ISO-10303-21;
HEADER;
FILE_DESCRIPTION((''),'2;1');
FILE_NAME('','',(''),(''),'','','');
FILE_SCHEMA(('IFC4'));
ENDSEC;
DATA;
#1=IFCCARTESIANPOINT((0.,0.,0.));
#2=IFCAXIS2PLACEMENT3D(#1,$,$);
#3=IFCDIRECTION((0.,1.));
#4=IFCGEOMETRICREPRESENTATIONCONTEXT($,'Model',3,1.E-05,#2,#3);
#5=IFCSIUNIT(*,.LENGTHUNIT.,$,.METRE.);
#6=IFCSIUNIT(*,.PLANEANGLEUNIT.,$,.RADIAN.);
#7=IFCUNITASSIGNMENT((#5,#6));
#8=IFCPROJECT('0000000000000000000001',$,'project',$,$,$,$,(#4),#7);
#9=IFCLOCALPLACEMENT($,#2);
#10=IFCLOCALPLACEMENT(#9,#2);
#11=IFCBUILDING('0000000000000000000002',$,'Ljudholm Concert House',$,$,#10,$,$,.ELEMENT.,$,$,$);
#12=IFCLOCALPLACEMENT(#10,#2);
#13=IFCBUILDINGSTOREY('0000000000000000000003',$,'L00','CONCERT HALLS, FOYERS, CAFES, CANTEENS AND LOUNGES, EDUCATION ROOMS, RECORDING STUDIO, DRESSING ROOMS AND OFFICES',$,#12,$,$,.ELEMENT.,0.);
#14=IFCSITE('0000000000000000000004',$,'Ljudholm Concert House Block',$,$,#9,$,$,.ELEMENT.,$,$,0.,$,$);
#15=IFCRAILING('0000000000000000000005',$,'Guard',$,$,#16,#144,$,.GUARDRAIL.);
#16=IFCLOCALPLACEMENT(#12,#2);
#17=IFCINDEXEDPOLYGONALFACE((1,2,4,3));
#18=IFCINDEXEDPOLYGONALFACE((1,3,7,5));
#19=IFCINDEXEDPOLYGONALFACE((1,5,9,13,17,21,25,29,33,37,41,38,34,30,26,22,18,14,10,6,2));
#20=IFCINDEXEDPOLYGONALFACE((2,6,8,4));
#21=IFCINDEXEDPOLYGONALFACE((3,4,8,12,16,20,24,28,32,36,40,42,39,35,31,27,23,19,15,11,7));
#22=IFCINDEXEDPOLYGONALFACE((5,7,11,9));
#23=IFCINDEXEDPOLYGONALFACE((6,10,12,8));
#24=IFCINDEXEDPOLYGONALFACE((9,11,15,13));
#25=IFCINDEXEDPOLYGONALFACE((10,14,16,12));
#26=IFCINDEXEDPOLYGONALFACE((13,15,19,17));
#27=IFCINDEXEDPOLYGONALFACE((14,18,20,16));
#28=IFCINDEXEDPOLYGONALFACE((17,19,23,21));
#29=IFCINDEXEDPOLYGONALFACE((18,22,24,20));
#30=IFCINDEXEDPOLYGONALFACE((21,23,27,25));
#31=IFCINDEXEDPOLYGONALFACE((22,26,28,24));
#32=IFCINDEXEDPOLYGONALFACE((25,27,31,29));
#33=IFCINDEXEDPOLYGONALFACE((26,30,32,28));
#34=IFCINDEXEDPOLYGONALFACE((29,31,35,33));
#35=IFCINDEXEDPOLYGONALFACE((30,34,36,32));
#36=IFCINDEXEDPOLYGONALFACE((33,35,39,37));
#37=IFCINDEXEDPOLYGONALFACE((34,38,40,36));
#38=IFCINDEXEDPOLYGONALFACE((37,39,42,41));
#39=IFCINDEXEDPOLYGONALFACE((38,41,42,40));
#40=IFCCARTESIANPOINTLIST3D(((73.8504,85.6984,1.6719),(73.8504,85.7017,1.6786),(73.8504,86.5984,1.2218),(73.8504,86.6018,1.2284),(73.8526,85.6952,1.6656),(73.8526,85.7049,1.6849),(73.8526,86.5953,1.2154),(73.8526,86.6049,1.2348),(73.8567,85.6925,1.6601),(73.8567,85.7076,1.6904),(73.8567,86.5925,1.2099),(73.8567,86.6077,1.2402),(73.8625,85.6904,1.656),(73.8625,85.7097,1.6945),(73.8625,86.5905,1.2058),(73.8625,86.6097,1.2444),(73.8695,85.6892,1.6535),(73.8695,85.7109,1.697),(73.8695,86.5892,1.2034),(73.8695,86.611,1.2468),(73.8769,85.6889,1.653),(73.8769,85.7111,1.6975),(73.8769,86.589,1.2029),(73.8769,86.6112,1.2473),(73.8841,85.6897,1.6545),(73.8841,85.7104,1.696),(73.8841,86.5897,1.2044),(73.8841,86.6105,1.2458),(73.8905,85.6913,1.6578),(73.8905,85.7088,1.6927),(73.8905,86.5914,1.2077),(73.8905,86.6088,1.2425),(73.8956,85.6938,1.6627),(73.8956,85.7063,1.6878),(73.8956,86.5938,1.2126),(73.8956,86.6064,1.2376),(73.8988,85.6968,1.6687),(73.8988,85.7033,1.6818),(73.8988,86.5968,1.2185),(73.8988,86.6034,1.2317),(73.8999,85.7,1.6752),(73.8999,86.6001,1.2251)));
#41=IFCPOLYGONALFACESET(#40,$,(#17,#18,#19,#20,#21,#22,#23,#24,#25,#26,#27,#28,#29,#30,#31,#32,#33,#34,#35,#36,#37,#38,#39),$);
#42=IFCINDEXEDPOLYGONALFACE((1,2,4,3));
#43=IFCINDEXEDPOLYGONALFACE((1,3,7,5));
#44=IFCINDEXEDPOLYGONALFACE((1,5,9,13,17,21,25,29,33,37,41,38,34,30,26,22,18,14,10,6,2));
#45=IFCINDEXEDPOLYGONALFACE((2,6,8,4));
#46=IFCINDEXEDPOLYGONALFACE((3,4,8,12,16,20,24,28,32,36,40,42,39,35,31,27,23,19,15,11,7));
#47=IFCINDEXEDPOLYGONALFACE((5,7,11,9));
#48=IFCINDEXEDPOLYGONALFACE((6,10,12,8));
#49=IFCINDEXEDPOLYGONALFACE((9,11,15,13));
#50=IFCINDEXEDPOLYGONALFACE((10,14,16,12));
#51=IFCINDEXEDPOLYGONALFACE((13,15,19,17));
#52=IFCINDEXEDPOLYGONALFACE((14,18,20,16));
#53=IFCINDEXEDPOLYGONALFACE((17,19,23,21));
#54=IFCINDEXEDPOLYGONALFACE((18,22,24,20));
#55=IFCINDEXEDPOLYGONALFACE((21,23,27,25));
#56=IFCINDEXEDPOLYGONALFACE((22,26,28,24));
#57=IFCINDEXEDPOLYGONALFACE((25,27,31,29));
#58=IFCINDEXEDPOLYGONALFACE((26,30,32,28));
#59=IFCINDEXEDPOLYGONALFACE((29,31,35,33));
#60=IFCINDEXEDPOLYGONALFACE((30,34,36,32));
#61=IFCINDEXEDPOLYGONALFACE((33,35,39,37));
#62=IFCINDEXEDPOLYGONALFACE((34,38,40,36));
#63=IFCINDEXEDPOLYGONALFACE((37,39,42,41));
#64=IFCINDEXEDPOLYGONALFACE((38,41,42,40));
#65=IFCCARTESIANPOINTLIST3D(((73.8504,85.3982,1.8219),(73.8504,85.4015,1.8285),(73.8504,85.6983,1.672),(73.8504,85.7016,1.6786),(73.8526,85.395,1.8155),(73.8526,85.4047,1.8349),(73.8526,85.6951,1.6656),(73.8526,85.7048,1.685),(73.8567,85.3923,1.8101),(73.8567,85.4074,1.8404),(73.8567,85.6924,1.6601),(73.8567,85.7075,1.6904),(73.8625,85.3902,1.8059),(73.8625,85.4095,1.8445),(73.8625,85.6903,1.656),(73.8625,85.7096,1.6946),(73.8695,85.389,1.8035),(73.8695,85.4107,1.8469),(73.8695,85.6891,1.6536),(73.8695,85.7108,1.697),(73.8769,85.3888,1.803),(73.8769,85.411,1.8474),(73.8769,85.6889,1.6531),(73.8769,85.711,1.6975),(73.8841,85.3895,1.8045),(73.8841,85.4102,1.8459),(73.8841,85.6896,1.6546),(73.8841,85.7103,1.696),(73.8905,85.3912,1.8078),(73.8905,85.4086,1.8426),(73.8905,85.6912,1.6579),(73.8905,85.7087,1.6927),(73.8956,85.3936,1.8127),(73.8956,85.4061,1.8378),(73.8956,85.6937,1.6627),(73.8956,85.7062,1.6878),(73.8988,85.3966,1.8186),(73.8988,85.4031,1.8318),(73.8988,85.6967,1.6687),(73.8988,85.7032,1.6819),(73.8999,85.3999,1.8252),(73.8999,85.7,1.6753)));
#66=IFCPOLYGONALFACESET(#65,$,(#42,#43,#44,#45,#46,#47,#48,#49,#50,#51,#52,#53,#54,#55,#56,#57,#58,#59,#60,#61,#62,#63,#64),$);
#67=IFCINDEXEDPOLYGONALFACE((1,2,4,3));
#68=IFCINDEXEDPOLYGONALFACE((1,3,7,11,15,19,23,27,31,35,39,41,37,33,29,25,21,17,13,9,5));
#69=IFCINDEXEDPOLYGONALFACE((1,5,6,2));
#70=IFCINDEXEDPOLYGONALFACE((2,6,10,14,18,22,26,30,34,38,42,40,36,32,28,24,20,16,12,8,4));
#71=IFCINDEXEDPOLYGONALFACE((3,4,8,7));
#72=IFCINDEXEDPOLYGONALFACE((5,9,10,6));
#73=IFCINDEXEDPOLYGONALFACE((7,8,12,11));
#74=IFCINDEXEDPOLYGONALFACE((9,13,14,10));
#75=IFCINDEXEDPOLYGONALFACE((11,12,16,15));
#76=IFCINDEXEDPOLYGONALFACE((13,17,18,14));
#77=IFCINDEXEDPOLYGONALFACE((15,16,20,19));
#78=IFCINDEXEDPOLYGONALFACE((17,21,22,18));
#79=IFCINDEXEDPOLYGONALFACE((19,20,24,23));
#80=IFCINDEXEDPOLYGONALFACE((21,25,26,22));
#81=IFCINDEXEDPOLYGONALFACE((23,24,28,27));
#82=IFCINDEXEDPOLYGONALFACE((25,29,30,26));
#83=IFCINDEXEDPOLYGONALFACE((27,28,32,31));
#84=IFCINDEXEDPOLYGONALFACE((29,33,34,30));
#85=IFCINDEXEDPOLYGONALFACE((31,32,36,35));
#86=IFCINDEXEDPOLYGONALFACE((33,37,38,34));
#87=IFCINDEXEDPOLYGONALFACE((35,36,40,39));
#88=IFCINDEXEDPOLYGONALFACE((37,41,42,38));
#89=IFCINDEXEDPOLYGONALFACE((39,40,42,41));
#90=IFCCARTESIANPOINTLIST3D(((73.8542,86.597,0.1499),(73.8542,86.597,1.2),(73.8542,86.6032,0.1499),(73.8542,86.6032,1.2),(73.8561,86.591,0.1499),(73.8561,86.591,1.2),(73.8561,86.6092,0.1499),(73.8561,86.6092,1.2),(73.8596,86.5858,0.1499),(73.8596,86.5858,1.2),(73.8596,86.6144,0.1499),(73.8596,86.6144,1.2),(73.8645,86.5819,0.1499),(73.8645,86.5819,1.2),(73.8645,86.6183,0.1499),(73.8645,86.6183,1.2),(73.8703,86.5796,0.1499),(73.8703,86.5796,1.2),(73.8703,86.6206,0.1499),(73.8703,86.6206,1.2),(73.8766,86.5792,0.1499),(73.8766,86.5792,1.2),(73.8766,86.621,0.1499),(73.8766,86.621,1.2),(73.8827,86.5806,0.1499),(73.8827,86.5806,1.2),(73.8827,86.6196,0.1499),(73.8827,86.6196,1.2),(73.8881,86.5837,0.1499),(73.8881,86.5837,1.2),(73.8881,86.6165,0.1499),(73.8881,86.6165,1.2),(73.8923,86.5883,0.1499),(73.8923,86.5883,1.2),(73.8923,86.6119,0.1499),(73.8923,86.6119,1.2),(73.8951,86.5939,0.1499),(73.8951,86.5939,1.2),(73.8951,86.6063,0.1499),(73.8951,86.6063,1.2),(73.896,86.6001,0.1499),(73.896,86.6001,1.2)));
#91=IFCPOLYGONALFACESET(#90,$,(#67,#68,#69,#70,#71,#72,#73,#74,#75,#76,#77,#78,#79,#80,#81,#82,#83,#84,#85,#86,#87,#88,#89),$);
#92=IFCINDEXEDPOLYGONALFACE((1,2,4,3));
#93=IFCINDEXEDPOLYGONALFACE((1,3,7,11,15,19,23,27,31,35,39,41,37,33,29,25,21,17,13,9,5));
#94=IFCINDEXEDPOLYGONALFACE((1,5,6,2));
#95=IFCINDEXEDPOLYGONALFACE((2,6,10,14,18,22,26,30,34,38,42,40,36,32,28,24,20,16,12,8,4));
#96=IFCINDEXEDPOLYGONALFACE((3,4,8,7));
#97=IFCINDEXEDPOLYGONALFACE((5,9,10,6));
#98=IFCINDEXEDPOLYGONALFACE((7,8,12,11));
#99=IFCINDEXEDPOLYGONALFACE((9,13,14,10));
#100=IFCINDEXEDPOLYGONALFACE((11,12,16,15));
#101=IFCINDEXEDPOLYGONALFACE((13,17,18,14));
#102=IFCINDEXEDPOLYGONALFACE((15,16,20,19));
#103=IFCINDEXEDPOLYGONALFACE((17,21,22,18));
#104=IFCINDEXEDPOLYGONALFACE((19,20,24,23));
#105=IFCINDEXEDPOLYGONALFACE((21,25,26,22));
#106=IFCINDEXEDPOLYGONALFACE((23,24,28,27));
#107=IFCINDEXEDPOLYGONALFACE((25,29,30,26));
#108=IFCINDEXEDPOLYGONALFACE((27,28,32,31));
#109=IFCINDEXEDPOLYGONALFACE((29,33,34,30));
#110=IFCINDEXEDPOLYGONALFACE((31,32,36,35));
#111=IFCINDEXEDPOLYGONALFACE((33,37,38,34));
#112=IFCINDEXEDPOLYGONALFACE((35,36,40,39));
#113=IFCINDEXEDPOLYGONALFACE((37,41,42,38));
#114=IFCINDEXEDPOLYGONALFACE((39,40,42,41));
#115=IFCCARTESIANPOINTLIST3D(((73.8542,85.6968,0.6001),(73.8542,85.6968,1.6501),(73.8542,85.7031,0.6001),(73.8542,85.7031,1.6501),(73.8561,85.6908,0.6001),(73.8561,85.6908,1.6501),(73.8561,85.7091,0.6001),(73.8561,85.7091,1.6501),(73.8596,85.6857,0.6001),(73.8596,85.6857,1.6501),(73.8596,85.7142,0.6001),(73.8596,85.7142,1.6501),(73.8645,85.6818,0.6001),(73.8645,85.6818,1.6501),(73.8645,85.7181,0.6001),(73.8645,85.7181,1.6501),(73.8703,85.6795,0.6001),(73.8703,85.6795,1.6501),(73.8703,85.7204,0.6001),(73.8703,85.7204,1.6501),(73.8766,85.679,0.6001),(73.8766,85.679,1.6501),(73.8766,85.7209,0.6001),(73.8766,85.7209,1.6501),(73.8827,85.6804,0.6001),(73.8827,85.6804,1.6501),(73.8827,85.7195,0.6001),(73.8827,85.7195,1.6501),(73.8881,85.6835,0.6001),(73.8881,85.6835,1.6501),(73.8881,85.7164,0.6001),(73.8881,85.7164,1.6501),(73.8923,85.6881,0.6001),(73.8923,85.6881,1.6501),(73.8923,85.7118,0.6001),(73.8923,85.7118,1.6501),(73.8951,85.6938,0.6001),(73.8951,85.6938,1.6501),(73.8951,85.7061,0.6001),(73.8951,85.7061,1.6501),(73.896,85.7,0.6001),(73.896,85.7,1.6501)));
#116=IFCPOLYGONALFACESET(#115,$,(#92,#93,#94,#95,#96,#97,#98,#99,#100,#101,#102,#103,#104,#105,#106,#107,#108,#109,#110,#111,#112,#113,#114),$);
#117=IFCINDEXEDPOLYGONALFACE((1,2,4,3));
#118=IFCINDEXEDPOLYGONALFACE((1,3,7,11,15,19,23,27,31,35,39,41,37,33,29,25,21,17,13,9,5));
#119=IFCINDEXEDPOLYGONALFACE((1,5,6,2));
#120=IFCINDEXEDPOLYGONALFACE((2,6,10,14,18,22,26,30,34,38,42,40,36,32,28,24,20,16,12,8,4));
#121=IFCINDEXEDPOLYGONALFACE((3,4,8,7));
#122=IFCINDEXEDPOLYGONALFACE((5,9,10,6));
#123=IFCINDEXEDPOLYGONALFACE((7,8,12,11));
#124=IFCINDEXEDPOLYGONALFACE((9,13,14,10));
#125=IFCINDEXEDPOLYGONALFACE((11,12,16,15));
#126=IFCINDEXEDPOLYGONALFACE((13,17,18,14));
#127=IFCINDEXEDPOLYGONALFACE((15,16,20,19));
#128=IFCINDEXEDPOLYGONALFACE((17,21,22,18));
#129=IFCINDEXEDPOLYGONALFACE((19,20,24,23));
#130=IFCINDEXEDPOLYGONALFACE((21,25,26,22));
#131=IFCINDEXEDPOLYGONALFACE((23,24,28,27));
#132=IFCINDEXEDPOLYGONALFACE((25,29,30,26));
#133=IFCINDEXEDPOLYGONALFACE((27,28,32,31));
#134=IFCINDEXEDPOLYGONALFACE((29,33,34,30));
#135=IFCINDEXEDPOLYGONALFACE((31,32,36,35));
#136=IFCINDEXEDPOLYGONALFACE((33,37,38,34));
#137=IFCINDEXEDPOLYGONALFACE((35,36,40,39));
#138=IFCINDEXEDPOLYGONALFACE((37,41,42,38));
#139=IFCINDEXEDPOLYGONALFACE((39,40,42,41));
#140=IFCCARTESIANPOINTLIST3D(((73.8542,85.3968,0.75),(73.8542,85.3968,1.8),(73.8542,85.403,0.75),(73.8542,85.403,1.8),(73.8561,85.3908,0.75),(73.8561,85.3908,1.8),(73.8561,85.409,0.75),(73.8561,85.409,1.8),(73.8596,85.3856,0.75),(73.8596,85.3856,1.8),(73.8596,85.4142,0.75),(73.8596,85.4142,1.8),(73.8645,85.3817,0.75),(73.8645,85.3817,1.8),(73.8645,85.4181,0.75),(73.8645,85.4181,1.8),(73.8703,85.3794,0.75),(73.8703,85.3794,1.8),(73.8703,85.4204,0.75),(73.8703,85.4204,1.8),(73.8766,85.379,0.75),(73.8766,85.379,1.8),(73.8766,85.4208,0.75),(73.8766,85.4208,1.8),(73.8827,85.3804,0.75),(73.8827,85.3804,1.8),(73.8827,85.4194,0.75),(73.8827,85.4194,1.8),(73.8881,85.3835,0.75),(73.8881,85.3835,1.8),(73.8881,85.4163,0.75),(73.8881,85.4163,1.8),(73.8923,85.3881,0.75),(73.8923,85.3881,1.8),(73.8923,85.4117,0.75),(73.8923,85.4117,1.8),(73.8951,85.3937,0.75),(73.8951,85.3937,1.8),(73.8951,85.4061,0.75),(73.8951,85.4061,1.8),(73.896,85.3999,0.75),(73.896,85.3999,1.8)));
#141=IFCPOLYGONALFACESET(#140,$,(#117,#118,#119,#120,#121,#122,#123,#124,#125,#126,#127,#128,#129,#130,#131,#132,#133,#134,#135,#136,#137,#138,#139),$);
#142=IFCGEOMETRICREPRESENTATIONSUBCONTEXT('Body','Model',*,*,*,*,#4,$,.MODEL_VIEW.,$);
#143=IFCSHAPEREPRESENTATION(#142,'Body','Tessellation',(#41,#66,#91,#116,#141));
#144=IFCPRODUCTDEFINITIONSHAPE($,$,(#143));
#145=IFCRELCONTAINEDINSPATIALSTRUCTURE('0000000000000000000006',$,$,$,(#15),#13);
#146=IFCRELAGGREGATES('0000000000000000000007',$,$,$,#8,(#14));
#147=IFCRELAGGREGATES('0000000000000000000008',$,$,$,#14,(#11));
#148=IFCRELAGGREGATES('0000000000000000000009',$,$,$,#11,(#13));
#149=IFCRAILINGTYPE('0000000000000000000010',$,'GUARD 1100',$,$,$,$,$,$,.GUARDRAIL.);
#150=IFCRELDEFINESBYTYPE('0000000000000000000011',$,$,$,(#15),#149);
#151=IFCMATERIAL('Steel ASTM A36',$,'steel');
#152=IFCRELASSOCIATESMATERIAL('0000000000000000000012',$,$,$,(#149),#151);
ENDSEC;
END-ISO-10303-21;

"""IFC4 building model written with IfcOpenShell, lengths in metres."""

from ifc_helpers import new_model, si_unit, direction, frame, origin, origin_2d, place, context, subcontext, project, spatial, circle, extrude, material, type_object, element, save


model = new_model("IFC4")

# Units and contexts
model_context = context("Model", 3, precision=1e-05, world=origin(), true_north=direction((0.0, 1.0)))
body_context = subcontext(model_context, "Body", "Model", "MODEL_VIEW")
ifc_project = project(units=[si_unit("LENGTHUNIT", "METRE"), si_unit("PLANEANGLEUNIT", "RADIAN")], contexts=[model_context])

# Site, building, storey
site_placement = place(None, origin())
site = spatial("IfcSite", under=ifc_project, at=site_placement, Name="Ljudholm Concert House Block", CompositionType="ELEMENT", RefElevation=0.0)
building_placement = place(site_placement, origin())
building = spatial("IfcBuilding", under=site, at=building_placement, Name="Ljudholm Concert House", CompositionType="ELEMENT")
storey_placement = place(building_placement, origin())
storey = spatial("IfcBuildingStorey", under=building, at=storey_placement, Name="L00", Description="CONCERT HALLS, FOYERS, CAFES, CANTEENS AND LOUNGES, EDUCATION ROOMS, RECORDING STUDIO, DRESSING ROOMS AND OFFICES", CompositionType="ELEMENT", Elevation=0.0)

# Railing
ifc_material_1 = material(Name="Steel ASTM A36", Category="steel")
railing_type_1 = type_object("IfcRailingType", Name="GUARD 1100", PredefinedType="GUARDRAIL", material=ifc_material_1)
for number, where, name in (
    (1, (73.875, 86.6001, 0.1499), "Guard"),
):
    element("IfcRailing", number, at=place(storey_placement, frame(where)), inside=storey, type_object=railing_type_1, Name=name, PredefinedType="GUARDRAIL", context=body_context, shape_type="SweptSolid", body=[
        extrude(circle(Radius=0.0249, at=origin_2d()), frame((0.0, 0.0, 1.0752), z_axis=(0.0, -0.894379, 0.447311), x_axis=(1.0, 0.0, 0.0)), (0.0, 0.0, 1.0), 1.0063),
        extrude(circle(Radius=0.0249, at=origin_2d()), frame((0.0, -0.9001, 1.5254), z_axis=(0.0, -0.894573, 0.446922), x_axis=(1.0, 0.0, 0.0)), (0.0, 0.0, 1.0), 0.3354),
        extrude(circle(Radius=0.021, at=origin_2d()), origin(), (0.0, 0.0, 1.0), 1.05),
        extrude(circle(Radius=0.021, at=origin_2d()), frame((0.0, -0.9001, 0.4502)), (0.0, 0.0, 1.0), 1.05),
        extrude(circle(Radius=0.021, at=origin_2d()), frame((0.0, -1.2002, 0.6001)), (0.0, 0.0, 1.0), 1.05),
    ])

save(model, "model.ifc")
